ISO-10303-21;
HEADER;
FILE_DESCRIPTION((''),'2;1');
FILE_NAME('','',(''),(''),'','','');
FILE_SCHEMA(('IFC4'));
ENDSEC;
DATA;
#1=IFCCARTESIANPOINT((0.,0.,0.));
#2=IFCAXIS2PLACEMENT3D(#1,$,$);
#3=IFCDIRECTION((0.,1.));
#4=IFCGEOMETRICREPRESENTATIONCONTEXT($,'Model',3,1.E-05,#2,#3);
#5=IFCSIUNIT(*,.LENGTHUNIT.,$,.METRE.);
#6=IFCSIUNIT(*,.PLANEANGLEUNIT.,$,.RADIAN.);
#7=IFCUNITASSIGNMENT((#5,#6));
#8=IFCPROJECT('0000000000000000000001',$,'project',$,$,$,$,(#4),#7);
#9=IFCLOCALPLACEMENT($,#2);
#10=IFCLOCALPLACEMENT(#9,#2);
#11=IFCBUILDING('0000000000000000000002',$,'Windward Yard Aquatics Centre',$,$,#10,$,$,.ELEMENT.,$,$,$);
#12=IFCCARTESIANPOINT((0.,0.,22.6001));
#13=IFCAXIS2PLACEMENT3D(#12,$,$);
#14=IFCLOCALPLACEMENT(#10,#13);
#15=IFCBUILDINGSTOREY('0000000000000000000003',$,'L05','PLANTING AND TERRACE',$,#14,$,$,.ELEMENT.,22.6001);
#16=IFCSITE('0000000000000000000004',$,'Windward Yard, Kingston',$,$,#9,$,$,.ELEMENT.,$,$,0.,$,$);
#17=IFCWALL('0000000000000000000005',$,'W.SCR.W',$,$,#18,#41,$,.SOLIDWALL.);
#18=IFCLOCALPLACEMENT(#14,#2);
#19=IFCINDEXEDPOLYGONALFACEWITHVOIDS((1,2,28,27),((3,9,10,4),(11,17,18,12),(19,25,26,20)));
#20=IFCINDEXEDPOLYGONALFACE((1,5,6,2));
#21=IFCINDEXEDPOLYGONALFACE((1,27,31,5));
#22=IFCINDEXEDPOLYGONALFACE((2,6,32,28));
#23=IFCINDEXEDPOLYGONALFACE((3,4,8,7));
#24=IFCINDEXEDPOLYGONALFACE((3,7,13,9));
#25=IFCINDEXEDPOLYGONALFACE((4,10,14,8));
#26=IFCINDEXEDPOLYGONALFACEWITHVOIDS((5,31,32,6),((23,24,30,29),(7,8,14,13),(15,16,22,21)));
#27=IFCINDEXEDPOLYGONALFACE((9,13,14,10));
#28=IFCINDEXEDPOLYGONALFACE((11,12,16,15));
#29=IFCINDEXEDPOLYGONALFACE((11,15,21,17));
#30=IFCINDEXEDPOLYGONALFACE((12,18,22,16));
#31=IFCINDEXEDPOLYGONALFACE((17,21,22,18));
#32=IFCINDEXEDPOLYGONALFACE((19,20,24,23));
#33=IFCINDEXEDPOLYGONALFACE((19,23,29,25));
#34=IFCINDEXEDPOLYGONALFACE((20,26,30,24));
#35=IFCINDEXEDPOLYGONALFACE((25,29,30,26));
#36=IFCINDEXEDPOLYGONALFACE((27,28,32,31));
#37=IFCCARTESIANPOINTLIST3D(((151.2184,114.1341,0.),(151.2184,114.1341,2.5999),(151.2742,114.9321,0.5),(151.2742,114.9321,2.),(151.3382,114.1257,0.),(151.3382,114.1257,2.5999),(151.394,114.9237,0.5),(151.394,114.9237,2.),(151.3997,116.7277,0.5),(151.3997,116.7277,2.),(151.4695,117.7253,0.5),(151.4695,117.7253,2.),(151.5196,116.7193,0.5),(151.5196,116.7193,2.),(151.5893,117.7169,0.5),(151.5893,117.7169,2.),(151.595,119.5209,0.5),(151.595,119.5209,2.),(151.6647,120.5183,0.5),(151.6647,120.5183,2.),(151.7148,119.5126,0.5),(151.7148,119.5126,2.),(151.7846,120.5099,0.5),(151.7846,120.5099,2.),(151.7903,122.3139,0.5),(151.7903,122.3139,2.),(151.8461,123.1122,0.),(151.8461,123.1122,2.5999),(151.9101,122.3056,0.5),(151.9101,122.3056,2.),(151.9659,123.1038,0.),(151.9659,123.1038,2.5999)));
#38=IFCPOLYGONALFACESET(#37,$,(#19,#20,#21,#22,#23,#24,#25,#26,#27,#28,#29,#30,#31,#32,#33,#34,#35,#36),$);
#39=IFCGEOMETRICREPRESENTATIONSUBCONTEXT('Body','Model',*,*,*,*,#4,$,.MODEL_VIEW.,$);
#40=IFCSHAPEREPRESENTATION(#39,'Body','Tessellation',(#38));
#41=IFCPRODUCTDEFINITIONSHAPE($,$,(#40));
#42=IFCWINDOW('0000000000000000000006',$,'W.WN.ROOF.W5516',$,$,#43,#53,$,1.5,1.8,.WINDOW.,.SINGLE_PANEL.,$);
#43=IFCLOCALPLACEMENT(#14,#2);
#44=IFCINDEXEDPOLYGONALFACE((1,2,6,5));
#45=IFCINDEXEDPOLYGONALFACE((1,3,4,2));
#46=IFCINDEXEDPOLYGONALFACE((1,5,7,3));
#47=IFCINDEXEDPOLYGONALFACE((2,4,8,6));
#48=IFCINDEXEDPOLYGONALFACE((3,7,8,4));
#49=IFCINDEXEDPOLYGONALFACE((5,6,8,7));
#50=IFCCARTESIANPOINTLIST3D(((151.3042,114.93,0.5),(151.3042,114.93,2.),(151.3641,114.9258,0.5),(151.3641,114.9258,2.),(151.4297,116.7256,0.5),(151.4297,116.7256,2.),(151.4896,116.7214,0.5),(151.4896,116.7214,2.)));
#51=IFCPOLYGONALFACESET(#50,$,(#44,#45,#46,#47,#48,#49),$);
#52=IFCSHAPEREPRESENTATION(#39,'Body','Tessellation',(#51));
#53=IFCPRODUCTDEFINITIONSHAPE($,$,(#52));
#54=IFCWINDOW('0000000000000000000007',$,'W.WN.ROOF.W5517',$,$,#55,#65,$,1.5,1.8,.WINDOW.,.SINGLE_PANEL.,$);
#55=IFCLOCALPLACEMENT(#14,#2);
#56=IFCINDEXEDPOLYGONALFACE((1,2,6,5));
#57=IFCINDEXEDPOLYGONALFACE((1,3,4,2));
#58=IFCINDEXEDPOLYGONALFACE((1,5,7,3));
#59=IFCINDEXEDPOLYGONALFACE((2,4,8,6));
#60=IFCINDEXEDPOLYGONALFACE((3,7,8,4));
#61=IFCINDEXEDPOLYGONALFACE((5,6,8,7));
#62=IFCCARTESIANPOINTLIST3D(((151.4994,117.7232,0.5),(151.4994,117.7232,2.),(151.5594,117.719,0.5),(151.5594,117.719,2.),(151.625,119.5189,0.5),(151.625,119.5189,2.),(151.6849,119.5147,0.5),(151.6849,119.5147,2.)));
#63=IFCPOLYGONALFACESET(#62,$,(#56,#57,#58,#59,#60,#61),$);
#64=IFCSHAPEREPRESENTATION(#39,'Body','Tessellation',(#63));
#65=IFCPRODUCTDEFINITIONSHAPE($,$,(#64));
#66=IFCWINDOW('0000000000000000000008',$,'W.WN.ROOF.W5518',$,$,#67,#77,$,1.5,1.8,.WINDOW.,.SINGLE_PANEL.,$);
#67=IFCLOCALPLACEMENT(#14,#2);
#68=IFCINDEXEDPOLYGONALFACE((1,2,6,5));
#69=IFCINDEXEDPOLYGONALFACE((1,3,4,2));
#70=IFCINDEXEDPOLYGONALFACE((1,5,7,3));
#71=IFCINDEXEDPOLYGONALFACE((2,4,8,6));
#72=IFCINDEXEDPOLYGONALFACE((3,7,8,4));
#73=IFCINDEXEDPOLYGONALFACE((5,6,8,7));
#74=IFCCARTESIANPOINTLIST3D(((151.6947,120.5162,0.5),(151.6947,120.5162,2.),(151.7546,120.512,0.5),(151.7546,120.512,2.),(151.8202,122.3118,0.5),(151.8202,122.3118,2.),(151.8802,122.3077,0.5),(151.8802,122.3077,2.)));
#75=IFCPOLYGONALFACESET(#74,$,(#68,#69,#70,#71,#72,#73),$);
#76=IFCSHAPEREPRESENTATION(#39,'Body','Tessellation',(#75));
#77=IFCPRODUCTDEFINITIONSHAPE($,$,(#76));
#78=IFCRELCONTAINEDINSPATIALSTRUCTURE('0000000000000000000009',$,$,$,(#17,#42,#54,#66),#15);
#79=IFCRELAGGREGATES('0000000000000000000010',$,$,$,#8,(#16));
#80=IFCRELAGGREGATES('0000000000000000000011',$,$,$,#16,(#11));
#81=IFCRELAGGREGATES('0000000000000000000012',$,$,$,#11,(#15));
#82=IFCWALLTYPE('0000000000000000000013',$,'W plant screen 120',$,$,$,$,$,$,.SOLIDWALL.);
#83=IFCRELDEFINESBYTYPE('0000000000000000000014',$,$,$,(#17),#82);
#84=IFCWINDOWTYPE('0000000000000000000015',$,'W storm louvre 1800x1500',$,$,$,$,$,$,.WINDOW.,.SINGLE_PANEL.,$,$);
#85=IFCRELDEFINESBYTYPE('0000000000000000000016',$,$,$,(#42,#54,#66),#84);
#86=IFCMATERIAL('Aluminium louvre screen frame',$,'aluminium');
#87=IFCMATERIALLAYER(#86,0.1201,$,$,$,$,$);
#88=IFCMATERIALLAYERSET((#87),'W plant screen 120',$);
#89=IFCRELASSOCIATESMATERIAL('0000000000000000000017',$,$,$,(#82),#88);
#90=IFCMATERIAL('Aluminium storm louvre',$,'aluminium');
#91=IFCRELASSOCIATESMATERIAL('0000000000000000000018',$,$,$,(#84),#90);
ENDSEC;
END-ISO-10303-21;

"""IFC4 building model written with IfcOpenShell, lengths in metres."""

from ifc_helpers import new_model, si_unit, direction, frame, frame_2d, origin, place, context, subcontext, project, spatial, rectangle, extrude, material, layer, layer_set, type_object, element, fill, save


model = new_model("IFC4")

# Units and contexts
model_context = context("Model", 3, precision=1e-05, world=origin(), true_north=direction((0.0, 1.0)))
body_context = subcontext(model_context, "Body", "Model", "MODEL_VIEW")
ifc_project = project(units=[si_unit("LENGTHUNIT", "METRE"), si_unit("PLANEANGLEUNIT", "RADIAN")], contexts=[model_context])

# Site, building, storey
site_placement = place(None, origin())
site = spatial("IfcSite", under=ifc_project, at=site_placement, Name="Windward Yard, Kingston", CompositionType="ELEMENT", RefElevation=0.0)
building_placement = place(site_placement, origin())
building = spatial("IfcBuilding", under=site, at=building_placement, Name="Windward Yard Aquatics Centre", CompositionType="ELEMENT")
storey_placement = place(building_placement, frame((0.0, 0.0, 22.6001)))
storey = spatial("IfcBuildingStorey", under=building, at=storey_placement, Name="L05", Description="PLANTING AND TERRACE", CompositionType="ELEMENT", Elevation=22.6001)

# Wall, openings, windows
ifc_material_1 = material(Name="Aluminium louvre screen frame", Category="aluminium")
ifc_layer_1 = layer(ifc_material_1, 0.1201)
ifc_layer_set_1 = layer_set([ifc_layer_1], Name="W plant screen 120")
wall_type_1 = type_object("IfcWallType", Name="W plant screen 120", PredefinedType="SOLIDWALL", material=ifc_layer_set_1)
ifc_material_2 = material(Name="Aluminium storm louvre", Category="aluminium")
window_type = type_object("IfcWindowType", Name="W storm louvre 1800x1500", PartitioningType="SINGLE_PANEL", PredefinedType="WINDOW", material=ifc_material_2)
wall_1_placement = place(storey_placement, frame((151.2783, 114.1299, 0.0), z_axis=(0.0, 0.0, 1.0), x_axis=(0.069743, 0.997565, 0.0)))
wall_1 = element("IfcWall", 1, at=wall_1_placement, inside=storey, type_object=wall_type_1, Name="W.SCR.W", PredefinedType="SOLIDWALL", context=body_context, shape_type="SweptSolid", body=[
    extrude(rectangle(XDim=9.0, YDim=0.1201, at=frame_2d((4.5, 0.0))), origin(), (0.0, 0.0, 1.0), 2.5999),
])
opening_1_placement = place(wall_1_placement, frame((0.8, 0.0, 0.5)))
opening_1 = element("IfcOpeningElement", 2, at=opening_1_placement, cuts=wall_1, PredefinedType="OPENING", context=body_context, shape_type="SweptSolid", body=[
    extrude(rectangle(XDim=1.8, YDim=1.5, at=frame_2d((0.8999, 0.75))), frame((0.0, 0.0701, 0.0), z_axis=(0.0, -1.0, 0.0), x_axis=(1.0, 0.0, 0.0)), (0.0, 0.0, 1.0), 0.1401),
])
opening_2_placement = place(wall_1_placement, frame((3.6001, 0.0, 0.5)))
opening_2 = element("IfcOpeningElement", 3, at=opening_2_placement, cuts=wall_1, PredefinedType="OPENING", context=body_context, shape_type="SweptSolid", body=[
    extrude(rectangle(XDim=1.8, YDim=1.5, at=frame_2d((0.8999, 0.75))), frame((0.0, 0.0701, 0.0), z_axis=(0.0, -1.0, 0.0), x_axis=(1.0, 0.0, 0.0)), (0.0, 0.0, 1.0), 0.1401),
])
opening_3_placement = place(wall_1_placement, frame((6.3999, 0.0, 0.5)))
opening_3 = element("IfcOpeningElement", 4, at=opening_3_placement, cuts=wall_1, PredefinedType="OPENING", context=body_context, shape_type="SweptSolid", body=[
    extrude(rectangle(XDim=1.8, YDim=1.5, at=frame_2d((0.8999, 0.75))), frame((0.0, 0.0701, 0.0), z_axis=(0.0, -1.0, 0.0), x_axis=(1.0, 0.0, 0.0)), (0.0, 0.0, 1.0), 0.1401),
])
window_1_placement = place(opening_1_placement, origin())
window_1 = element("IfcWindow", 5, at=window_1_placement, inside=storey, type_object=window_type, Name="W.WN.ROOF.W5516", OverallHeight=1.5, OverallWidth=1.8, PartitioningType="SINGLE_PANEL", PredefinedType="WINDOW", context=body_context, shape_type="SweptSolid", body=[
    extrude(rectangle(XDim=1.8, YDim=1.5, at=frame_2d((0.8999, 0.75))), frame((0.0, 0.03, 0.0), z_axis=(0.0, -1.0, 0.0), x_axis=(1.0, 0.0, 0.0)), (0.0, 0.0, 1.0), 0.0601),
])
fill(opening_1, window_1)
window_2_placement = place(opening_2_placement, origin())
window_2 = element("IfcWindow", 6, at=window_2_placement, inside=storey, type_object=window_type, Name="W.WN.ROOF.W5517", OverallHeight=1.5, OverallWidth=1.8, PartitioningType="SINGLE_PANEL", PredefinedType="WINDOW", context=body_context, shape_type="SweptSolid", body=[
    extrude(rectangle(XDim=1.8, YDim=1.5, at=frame_2d((0.8999, 0.75))), frame((0.0, 0.03, 0.0), z_axis=(0.0, -1.0, 0.0), x_axis=(1.0, 0.0, 0.0)), (0.0, 0.0, 1.0), 0.0601),
])
fill(opening_2, window_2)
window_3_placement = place(opening_3_placement, origin())
window_3 = element("IfcWindow", 7, at=window_3_placement, inside=storey, type_object=window_type, Name="W.WN.ROOF.W5518", OverallHeight=1.5, OverallWidth=1.8, PartitioningType="SINGLE_PANEL", PredefinedType="WINDOW", context=body_context, shape_type="SweptSolid", body=[
    extrude(rectangle(XDim=1.8, YDim=1.5, at=frame_2d((0.8999, 0.75))), frame((0.0, 0.03, 0.0), z_axis=(0.0, -1.0, 0.0), x_axis=(1.0, 0.0, 0.0)), (0.0, 0.0, 1.0), 0.0601),
])
fill(opening_3, window_3)

save(model, "model.ifc")
